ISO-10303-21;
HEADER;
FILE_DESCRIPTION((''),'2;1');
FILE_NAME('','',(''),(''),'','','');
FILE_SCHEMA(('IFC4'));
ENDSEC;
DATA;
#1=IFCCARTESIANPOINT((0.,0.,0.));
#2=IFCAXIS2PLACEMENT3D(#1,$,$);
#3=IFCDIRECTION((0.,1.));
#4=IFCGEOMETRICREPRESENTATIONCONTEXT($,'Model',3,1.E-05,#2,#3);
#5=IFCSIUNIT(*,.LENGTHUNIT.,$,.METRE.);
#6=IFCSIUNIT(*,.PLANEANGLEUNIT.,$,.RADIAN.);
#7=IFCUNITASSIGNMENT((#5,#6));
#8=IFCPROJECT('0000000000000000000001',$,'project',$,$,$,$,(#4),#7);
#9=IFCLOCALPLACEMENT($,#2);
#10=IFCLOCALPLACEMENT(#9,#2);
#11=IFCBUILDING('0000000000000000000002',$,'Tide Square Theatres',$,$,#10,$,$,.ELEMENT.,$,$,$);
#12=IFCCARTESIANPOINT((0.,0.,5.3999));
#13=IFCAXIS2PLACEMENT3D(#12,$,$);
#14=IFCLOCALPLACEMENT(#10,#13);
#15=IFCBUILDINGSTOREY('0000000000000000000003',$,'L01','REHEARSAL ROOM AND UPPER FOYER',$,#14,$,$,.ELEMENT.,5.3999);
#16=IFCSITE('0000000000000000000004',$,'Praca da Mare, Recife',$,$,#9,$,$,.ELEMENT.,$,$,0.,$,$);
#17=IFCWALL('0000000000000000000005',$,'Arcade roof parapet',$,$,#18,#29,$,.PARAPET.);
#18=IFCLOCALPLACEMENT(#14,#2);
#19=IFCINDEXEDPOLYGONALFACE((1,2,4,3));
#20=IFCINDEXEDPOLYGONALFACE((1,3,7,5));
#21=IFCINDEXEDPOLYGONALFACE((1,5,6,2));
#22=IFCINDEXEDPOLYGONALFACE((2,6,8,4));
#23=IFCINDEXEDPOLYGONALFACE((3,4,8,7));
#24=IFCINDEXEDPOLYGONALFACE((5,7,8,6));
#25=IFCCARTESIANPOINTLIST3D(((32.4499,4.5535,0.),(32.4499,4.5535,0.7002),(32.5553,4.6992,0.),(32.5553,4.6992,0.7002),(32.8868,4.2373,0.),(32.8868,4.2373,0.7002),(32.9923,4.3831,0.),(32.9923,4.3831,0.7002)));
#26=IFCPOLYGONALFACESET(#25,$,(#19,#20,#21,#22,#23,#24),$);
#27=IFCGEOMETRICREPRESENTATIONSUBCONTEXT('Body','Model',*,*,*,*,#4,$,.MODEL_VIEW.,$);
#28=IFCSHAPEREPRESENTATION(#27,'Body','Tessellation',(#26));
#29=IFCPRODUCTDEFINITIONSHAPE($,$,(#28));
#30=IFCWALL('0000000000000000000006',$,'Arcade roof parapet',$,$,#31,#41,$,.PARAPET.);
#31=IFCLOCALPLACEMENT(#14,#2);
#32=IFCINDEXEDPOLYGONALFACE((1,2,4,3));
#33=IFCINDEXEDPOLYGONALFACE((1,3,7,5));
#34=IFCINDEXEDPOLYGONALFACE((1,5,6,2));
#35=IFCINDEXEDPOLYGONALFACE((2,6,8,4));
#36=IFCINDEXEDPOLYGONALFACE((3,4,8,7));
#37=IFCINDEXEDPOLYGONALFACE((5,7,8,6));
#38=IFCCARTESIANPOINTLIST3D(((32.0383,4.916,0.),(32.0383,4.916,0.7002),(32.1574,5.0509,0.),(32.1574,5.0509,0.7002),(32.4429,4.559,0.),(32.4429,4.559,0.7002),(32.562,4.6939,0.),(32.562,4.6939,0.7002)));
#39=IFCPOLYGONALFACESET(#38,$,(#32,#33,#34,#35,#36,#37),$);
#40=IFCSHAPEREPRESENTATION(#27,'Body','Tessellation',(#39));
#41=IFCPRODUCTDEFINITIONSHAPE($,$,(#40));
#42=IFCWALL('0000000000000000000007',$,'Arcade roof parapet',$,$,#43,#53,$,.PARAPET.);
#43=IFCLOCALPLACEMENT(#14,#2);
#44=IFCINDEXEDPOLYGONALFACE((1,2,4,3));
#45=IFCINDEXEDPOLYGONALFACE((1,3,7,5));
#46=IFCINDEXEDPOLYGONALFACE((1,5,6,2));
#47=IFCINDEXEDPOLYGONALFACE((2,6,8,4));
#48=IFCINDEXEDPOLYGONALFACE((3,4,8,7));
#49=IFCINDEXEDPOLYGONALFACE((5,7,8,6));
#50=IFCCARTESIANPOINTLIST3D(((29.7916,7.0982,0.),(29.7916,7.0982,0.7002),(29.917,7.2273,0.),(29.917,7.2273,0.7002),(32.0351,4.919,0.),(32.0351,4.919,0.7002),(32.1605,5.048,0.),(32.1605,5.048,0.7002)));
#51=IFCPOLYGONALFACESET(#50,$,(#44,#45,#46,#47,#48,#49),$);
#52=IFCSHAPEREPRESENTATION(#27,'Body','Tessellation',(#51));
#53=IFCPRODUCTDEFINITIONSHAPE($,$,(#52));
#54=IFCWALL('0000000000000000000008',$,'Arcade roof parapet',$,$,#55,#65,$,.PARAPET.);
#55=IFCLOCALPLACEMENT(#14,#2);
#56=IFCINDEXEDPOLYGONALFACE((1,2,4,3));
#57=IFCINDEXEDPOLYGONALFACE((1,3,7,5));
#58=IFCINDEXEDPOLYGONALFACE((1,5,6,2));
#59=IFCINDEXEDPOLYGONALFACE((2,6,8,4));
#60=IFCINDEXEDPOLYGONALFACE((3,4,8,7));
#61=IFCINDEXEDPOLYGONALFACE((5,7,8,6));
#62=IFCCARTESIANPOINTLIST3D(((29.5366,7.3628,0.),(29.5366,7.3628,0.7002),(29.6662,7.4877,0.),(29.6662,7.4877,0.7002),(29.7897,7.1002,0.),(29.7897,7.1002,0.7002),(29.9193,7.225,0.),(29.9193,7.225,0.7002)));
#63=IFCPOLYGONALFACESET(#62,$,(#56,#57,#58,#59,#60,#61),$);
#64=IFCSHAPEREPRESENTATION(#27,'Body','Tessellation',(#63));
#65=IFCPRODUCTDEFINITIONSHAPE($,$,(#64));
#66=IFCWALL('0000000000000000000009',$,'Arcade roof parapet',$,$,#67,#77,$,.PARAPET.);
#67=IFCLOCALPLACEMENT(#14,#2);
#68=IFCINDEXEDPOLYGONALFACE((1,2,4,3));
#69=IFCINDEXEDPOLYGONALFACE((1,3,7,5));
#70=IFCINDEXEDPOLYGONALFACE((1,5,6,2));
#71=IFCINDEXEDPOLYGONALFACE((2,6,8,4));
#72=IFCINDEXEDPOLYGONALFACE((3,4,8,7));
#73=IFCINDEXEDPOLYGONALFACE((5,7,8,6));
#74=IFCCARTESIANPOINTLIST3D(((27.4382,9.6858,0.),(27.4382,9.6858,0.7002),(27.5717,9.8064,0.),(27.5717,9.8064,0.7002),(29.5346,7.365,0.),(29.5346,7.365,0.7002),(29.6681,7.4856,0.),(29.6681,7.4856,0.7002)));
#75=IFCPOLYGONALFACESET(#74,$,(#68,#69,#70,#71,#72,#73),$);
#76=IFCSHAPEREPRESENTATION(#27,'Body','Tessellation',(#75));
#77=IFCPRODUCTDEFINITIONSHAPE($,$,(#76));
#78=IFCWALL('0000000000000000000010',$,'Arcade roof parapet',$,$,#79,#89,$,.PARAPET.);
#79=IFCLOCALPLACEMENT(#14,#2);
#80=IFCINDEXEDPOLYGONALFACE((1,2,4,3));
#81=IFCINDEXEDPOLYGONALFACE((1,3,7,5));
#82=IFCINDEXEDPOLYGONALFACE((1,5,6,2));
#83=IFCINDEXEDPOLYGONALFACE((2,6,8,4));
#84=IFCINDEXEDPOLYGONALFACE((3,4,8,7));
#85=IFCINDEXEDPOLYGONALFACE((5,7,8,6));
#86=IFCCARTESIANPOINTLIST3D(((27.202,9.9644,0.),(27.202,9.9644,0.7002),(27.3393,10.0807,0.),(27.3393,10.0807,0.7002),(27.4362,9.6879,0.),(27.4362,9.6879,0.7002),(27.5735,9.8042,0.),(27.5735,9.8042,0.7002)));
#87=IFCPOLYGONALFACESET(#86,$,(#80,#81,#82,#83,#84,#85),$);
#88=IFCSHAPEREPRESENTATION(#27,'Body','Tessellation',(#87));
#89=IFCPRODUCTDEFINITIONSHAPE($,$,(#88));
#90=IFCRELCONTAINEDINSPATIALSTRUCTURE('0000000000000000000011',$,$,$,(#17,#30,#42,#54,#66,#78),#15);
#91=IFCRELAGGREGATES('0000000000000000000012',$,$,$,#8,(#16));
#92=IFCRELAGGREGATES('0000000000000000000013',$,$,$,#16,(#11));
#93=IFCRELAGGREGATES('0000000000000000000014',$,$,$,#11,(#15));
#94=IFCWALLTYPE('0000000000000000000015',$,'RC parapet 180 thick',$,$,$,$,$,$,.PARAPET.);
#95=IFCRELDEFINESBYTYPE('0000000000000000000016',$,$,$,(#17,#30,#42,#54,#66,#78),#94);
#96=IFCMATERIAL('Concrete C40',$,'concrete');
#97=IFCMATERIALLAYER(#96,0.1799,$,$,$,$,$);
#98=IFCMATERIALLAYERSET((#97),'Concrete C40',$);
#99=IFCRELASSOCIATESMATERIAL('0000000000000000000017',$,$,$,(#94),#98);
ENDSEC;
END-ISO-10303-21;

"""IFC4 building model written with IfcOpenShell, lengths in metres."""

from ifc_helpers import new_model, si_unit, direction, frame, frame_2d, origin, place, context, subcontext, project, spatial, rectangle, extrude, material, layer, layer_set, type_object, element, save


model = new_model("IFC4")

# Units and contexts
model_context = context("Model", 3, precision=1e-05, world=origin(), true_north=direction((0.0, 1.0)))
body_context = subcontext(model_context, "Body", "Model", "MODEL_VIEW")
ifc_project = project(units=[si_unit("LENGTHUNIT", "METRE"), si_unit("PLANEANGLEUNIT", "RADIAN")], contexts=[model_context])

# Site, building, storey
site_placement = place(None, origin())
site = spatial("IfcSite", under=ifc_project, at=site_placement, Name="Praca da Mare, Recife", CompositionType="ELEMENT", RefElevation=0.0)
building_placement = place(site_placement, origin())
building = spatial("IfcBuilding", under=site, at=building_placement, Name="Tide Square Theatres", CompositionType="ELEMENT")
storey_placement = place(building_placement, frame((0.0, 0.0, 5.3999)))
storey = spatial("IfcBuildingStorey", under=building, at=storey_placement, Name="L01", Description="REHEARSAL ROOM AND UPPER FOYER", CompositionType="ELEMENT", Elevation=5.3999)

# Walls
ifc_material_1 = material(Name="Concrete C40", Category="concrete")
ifc_layer = layer(ifc_material_1, 0.1799)
ifc_layer_set = layer_set([ifc_layer], Name="Concrete C40")
wall_type = type_object("IfcWallType", Name="RC parapet 180 thick", PredefinedType="PARAPET", material=ifc_layer_set)
for number, where, z_axis, x_axis, name in (
    (1, (32.9395, 4.3103, 0.0), (0.0, 0.0, 1.0), (-0.810202, 0.586151, 0.0), "Arcade roof parapet"),
):
    element("IfcWall", number, at=place(storey_placement, frame(where, z_axis=z_axis, x_axis=x_axis)), inside=storey, type_object=wall_type, Name=name, PredefinedType="PARAPET", context=body_context, shape_type="SweptSolid", body=[
        extrude(rectangle(XDim=0.5393, YDim=0.1799, at=frame_2d((0.2695, 0.0))), origin(), (0.0, 0.0, 1.0), 0.7002),
    ])
wall_1_placement = place(storey_placement, frame((32.5024, 4.6265, 0.0), z_axis=(0.0, 0.0, 1.0), x_axis=(-0.749851, 0.661607, 0.0)))
element("IfcWall", 2, at=wall_1_placement, inside=storey, type_object=wall_type, Name="Arcade roof parapet", PredefinedType="PARAPET", context=body_context, shape_type="SweptSolid", body=[
    extrude(rectangle(XDim=0.5396, YDim=0.1799, at=frame_2d((0.2698, 0.0))), origin(), (0.0, 0.0, 1.0), 0.7002),
])
wall_2_placement = place(storey_placement, frame((32.0979, 4.9834, 0.0), z_axis=(0.0, 0.0, 1.0), x_axis=(-0.717297, 0.696767, 0.0)))
element("IfcWall", 3, at=wall_2_placement, inside=storey, type_object=wall_type, Name="Arcade roof parapet", PredefinedType="PARAPET", context=body_context, shape_type="SweptSolid", body=[
    extrude(rectangle(XDim=3.1277, YDim=0.1799, at=frame_2d((1.564, 0.0))), origin(), (0.0, 0.0, 1.0), 0.7002),
])
wall_3_placement = place(storey_placement, frame((29.8545, 7.1626, 0.0), z_axis=(0.0, 0.0, 1.0), x_axis=(-0.693937, 0.720035, 0.0)))
element("IfcWall", 4, at=wall_3_placement, inside=storey, type_object=wall_type, Name="Arcade roof parapet", PredefinedType="PARAPET", context=body_context, shape_type="SweptSolid", body=[
    extrude(rectangle(XDim=0.3647, YDim=0.1799, at=frame_2d((0.1824, 0.0))), origin(), (0.0, 0.0, 1.0), 0.7002),
])
wall_4_placement = place(storey_placement, frame((29.6013, 7.4253, 0.0), z_axis=(0.0, 0.0, 1.0), x_axis=(-0.670326, 0.742066, 0.0)))
element("IfcWall", 5, at=wall_4_placement, inside=storey, type_object=wall_type, Name="Arcade roof parapet", PredefinedType="PARAPET", context=body_context, shape_type="SweptSolid", body=[
    extrude(rectangle(XDim=3.1274, YDim=0.1799, at=frame_2d((1.5637, 0.0))), origin(), (0.0, 0.0, 1.0), 0.7002),
])
wall_5_placement = place(storey_placement, frame((27.5049, 9.7461, 0.0), z_axis=(0.0, 0.0, 1.0), x_axis=(-0.646395, 0.763003, 0.0)))
element("IfcWall", 6, at=wall_5_placement, inside=storey, type_object=wall_type, Name="Arcade roof parapet", PredefinedType="PARAPET", context=body_context, shape_type="SweptSolid", body=[
    extrude(rectangle(XDim=0.3623, YDim=0.1799, at=frame_2d((0.1812, 0.0))), origin(), (0.0, 0.0, 1.0), 0.7002),
])

save(model, "model.ifc")
